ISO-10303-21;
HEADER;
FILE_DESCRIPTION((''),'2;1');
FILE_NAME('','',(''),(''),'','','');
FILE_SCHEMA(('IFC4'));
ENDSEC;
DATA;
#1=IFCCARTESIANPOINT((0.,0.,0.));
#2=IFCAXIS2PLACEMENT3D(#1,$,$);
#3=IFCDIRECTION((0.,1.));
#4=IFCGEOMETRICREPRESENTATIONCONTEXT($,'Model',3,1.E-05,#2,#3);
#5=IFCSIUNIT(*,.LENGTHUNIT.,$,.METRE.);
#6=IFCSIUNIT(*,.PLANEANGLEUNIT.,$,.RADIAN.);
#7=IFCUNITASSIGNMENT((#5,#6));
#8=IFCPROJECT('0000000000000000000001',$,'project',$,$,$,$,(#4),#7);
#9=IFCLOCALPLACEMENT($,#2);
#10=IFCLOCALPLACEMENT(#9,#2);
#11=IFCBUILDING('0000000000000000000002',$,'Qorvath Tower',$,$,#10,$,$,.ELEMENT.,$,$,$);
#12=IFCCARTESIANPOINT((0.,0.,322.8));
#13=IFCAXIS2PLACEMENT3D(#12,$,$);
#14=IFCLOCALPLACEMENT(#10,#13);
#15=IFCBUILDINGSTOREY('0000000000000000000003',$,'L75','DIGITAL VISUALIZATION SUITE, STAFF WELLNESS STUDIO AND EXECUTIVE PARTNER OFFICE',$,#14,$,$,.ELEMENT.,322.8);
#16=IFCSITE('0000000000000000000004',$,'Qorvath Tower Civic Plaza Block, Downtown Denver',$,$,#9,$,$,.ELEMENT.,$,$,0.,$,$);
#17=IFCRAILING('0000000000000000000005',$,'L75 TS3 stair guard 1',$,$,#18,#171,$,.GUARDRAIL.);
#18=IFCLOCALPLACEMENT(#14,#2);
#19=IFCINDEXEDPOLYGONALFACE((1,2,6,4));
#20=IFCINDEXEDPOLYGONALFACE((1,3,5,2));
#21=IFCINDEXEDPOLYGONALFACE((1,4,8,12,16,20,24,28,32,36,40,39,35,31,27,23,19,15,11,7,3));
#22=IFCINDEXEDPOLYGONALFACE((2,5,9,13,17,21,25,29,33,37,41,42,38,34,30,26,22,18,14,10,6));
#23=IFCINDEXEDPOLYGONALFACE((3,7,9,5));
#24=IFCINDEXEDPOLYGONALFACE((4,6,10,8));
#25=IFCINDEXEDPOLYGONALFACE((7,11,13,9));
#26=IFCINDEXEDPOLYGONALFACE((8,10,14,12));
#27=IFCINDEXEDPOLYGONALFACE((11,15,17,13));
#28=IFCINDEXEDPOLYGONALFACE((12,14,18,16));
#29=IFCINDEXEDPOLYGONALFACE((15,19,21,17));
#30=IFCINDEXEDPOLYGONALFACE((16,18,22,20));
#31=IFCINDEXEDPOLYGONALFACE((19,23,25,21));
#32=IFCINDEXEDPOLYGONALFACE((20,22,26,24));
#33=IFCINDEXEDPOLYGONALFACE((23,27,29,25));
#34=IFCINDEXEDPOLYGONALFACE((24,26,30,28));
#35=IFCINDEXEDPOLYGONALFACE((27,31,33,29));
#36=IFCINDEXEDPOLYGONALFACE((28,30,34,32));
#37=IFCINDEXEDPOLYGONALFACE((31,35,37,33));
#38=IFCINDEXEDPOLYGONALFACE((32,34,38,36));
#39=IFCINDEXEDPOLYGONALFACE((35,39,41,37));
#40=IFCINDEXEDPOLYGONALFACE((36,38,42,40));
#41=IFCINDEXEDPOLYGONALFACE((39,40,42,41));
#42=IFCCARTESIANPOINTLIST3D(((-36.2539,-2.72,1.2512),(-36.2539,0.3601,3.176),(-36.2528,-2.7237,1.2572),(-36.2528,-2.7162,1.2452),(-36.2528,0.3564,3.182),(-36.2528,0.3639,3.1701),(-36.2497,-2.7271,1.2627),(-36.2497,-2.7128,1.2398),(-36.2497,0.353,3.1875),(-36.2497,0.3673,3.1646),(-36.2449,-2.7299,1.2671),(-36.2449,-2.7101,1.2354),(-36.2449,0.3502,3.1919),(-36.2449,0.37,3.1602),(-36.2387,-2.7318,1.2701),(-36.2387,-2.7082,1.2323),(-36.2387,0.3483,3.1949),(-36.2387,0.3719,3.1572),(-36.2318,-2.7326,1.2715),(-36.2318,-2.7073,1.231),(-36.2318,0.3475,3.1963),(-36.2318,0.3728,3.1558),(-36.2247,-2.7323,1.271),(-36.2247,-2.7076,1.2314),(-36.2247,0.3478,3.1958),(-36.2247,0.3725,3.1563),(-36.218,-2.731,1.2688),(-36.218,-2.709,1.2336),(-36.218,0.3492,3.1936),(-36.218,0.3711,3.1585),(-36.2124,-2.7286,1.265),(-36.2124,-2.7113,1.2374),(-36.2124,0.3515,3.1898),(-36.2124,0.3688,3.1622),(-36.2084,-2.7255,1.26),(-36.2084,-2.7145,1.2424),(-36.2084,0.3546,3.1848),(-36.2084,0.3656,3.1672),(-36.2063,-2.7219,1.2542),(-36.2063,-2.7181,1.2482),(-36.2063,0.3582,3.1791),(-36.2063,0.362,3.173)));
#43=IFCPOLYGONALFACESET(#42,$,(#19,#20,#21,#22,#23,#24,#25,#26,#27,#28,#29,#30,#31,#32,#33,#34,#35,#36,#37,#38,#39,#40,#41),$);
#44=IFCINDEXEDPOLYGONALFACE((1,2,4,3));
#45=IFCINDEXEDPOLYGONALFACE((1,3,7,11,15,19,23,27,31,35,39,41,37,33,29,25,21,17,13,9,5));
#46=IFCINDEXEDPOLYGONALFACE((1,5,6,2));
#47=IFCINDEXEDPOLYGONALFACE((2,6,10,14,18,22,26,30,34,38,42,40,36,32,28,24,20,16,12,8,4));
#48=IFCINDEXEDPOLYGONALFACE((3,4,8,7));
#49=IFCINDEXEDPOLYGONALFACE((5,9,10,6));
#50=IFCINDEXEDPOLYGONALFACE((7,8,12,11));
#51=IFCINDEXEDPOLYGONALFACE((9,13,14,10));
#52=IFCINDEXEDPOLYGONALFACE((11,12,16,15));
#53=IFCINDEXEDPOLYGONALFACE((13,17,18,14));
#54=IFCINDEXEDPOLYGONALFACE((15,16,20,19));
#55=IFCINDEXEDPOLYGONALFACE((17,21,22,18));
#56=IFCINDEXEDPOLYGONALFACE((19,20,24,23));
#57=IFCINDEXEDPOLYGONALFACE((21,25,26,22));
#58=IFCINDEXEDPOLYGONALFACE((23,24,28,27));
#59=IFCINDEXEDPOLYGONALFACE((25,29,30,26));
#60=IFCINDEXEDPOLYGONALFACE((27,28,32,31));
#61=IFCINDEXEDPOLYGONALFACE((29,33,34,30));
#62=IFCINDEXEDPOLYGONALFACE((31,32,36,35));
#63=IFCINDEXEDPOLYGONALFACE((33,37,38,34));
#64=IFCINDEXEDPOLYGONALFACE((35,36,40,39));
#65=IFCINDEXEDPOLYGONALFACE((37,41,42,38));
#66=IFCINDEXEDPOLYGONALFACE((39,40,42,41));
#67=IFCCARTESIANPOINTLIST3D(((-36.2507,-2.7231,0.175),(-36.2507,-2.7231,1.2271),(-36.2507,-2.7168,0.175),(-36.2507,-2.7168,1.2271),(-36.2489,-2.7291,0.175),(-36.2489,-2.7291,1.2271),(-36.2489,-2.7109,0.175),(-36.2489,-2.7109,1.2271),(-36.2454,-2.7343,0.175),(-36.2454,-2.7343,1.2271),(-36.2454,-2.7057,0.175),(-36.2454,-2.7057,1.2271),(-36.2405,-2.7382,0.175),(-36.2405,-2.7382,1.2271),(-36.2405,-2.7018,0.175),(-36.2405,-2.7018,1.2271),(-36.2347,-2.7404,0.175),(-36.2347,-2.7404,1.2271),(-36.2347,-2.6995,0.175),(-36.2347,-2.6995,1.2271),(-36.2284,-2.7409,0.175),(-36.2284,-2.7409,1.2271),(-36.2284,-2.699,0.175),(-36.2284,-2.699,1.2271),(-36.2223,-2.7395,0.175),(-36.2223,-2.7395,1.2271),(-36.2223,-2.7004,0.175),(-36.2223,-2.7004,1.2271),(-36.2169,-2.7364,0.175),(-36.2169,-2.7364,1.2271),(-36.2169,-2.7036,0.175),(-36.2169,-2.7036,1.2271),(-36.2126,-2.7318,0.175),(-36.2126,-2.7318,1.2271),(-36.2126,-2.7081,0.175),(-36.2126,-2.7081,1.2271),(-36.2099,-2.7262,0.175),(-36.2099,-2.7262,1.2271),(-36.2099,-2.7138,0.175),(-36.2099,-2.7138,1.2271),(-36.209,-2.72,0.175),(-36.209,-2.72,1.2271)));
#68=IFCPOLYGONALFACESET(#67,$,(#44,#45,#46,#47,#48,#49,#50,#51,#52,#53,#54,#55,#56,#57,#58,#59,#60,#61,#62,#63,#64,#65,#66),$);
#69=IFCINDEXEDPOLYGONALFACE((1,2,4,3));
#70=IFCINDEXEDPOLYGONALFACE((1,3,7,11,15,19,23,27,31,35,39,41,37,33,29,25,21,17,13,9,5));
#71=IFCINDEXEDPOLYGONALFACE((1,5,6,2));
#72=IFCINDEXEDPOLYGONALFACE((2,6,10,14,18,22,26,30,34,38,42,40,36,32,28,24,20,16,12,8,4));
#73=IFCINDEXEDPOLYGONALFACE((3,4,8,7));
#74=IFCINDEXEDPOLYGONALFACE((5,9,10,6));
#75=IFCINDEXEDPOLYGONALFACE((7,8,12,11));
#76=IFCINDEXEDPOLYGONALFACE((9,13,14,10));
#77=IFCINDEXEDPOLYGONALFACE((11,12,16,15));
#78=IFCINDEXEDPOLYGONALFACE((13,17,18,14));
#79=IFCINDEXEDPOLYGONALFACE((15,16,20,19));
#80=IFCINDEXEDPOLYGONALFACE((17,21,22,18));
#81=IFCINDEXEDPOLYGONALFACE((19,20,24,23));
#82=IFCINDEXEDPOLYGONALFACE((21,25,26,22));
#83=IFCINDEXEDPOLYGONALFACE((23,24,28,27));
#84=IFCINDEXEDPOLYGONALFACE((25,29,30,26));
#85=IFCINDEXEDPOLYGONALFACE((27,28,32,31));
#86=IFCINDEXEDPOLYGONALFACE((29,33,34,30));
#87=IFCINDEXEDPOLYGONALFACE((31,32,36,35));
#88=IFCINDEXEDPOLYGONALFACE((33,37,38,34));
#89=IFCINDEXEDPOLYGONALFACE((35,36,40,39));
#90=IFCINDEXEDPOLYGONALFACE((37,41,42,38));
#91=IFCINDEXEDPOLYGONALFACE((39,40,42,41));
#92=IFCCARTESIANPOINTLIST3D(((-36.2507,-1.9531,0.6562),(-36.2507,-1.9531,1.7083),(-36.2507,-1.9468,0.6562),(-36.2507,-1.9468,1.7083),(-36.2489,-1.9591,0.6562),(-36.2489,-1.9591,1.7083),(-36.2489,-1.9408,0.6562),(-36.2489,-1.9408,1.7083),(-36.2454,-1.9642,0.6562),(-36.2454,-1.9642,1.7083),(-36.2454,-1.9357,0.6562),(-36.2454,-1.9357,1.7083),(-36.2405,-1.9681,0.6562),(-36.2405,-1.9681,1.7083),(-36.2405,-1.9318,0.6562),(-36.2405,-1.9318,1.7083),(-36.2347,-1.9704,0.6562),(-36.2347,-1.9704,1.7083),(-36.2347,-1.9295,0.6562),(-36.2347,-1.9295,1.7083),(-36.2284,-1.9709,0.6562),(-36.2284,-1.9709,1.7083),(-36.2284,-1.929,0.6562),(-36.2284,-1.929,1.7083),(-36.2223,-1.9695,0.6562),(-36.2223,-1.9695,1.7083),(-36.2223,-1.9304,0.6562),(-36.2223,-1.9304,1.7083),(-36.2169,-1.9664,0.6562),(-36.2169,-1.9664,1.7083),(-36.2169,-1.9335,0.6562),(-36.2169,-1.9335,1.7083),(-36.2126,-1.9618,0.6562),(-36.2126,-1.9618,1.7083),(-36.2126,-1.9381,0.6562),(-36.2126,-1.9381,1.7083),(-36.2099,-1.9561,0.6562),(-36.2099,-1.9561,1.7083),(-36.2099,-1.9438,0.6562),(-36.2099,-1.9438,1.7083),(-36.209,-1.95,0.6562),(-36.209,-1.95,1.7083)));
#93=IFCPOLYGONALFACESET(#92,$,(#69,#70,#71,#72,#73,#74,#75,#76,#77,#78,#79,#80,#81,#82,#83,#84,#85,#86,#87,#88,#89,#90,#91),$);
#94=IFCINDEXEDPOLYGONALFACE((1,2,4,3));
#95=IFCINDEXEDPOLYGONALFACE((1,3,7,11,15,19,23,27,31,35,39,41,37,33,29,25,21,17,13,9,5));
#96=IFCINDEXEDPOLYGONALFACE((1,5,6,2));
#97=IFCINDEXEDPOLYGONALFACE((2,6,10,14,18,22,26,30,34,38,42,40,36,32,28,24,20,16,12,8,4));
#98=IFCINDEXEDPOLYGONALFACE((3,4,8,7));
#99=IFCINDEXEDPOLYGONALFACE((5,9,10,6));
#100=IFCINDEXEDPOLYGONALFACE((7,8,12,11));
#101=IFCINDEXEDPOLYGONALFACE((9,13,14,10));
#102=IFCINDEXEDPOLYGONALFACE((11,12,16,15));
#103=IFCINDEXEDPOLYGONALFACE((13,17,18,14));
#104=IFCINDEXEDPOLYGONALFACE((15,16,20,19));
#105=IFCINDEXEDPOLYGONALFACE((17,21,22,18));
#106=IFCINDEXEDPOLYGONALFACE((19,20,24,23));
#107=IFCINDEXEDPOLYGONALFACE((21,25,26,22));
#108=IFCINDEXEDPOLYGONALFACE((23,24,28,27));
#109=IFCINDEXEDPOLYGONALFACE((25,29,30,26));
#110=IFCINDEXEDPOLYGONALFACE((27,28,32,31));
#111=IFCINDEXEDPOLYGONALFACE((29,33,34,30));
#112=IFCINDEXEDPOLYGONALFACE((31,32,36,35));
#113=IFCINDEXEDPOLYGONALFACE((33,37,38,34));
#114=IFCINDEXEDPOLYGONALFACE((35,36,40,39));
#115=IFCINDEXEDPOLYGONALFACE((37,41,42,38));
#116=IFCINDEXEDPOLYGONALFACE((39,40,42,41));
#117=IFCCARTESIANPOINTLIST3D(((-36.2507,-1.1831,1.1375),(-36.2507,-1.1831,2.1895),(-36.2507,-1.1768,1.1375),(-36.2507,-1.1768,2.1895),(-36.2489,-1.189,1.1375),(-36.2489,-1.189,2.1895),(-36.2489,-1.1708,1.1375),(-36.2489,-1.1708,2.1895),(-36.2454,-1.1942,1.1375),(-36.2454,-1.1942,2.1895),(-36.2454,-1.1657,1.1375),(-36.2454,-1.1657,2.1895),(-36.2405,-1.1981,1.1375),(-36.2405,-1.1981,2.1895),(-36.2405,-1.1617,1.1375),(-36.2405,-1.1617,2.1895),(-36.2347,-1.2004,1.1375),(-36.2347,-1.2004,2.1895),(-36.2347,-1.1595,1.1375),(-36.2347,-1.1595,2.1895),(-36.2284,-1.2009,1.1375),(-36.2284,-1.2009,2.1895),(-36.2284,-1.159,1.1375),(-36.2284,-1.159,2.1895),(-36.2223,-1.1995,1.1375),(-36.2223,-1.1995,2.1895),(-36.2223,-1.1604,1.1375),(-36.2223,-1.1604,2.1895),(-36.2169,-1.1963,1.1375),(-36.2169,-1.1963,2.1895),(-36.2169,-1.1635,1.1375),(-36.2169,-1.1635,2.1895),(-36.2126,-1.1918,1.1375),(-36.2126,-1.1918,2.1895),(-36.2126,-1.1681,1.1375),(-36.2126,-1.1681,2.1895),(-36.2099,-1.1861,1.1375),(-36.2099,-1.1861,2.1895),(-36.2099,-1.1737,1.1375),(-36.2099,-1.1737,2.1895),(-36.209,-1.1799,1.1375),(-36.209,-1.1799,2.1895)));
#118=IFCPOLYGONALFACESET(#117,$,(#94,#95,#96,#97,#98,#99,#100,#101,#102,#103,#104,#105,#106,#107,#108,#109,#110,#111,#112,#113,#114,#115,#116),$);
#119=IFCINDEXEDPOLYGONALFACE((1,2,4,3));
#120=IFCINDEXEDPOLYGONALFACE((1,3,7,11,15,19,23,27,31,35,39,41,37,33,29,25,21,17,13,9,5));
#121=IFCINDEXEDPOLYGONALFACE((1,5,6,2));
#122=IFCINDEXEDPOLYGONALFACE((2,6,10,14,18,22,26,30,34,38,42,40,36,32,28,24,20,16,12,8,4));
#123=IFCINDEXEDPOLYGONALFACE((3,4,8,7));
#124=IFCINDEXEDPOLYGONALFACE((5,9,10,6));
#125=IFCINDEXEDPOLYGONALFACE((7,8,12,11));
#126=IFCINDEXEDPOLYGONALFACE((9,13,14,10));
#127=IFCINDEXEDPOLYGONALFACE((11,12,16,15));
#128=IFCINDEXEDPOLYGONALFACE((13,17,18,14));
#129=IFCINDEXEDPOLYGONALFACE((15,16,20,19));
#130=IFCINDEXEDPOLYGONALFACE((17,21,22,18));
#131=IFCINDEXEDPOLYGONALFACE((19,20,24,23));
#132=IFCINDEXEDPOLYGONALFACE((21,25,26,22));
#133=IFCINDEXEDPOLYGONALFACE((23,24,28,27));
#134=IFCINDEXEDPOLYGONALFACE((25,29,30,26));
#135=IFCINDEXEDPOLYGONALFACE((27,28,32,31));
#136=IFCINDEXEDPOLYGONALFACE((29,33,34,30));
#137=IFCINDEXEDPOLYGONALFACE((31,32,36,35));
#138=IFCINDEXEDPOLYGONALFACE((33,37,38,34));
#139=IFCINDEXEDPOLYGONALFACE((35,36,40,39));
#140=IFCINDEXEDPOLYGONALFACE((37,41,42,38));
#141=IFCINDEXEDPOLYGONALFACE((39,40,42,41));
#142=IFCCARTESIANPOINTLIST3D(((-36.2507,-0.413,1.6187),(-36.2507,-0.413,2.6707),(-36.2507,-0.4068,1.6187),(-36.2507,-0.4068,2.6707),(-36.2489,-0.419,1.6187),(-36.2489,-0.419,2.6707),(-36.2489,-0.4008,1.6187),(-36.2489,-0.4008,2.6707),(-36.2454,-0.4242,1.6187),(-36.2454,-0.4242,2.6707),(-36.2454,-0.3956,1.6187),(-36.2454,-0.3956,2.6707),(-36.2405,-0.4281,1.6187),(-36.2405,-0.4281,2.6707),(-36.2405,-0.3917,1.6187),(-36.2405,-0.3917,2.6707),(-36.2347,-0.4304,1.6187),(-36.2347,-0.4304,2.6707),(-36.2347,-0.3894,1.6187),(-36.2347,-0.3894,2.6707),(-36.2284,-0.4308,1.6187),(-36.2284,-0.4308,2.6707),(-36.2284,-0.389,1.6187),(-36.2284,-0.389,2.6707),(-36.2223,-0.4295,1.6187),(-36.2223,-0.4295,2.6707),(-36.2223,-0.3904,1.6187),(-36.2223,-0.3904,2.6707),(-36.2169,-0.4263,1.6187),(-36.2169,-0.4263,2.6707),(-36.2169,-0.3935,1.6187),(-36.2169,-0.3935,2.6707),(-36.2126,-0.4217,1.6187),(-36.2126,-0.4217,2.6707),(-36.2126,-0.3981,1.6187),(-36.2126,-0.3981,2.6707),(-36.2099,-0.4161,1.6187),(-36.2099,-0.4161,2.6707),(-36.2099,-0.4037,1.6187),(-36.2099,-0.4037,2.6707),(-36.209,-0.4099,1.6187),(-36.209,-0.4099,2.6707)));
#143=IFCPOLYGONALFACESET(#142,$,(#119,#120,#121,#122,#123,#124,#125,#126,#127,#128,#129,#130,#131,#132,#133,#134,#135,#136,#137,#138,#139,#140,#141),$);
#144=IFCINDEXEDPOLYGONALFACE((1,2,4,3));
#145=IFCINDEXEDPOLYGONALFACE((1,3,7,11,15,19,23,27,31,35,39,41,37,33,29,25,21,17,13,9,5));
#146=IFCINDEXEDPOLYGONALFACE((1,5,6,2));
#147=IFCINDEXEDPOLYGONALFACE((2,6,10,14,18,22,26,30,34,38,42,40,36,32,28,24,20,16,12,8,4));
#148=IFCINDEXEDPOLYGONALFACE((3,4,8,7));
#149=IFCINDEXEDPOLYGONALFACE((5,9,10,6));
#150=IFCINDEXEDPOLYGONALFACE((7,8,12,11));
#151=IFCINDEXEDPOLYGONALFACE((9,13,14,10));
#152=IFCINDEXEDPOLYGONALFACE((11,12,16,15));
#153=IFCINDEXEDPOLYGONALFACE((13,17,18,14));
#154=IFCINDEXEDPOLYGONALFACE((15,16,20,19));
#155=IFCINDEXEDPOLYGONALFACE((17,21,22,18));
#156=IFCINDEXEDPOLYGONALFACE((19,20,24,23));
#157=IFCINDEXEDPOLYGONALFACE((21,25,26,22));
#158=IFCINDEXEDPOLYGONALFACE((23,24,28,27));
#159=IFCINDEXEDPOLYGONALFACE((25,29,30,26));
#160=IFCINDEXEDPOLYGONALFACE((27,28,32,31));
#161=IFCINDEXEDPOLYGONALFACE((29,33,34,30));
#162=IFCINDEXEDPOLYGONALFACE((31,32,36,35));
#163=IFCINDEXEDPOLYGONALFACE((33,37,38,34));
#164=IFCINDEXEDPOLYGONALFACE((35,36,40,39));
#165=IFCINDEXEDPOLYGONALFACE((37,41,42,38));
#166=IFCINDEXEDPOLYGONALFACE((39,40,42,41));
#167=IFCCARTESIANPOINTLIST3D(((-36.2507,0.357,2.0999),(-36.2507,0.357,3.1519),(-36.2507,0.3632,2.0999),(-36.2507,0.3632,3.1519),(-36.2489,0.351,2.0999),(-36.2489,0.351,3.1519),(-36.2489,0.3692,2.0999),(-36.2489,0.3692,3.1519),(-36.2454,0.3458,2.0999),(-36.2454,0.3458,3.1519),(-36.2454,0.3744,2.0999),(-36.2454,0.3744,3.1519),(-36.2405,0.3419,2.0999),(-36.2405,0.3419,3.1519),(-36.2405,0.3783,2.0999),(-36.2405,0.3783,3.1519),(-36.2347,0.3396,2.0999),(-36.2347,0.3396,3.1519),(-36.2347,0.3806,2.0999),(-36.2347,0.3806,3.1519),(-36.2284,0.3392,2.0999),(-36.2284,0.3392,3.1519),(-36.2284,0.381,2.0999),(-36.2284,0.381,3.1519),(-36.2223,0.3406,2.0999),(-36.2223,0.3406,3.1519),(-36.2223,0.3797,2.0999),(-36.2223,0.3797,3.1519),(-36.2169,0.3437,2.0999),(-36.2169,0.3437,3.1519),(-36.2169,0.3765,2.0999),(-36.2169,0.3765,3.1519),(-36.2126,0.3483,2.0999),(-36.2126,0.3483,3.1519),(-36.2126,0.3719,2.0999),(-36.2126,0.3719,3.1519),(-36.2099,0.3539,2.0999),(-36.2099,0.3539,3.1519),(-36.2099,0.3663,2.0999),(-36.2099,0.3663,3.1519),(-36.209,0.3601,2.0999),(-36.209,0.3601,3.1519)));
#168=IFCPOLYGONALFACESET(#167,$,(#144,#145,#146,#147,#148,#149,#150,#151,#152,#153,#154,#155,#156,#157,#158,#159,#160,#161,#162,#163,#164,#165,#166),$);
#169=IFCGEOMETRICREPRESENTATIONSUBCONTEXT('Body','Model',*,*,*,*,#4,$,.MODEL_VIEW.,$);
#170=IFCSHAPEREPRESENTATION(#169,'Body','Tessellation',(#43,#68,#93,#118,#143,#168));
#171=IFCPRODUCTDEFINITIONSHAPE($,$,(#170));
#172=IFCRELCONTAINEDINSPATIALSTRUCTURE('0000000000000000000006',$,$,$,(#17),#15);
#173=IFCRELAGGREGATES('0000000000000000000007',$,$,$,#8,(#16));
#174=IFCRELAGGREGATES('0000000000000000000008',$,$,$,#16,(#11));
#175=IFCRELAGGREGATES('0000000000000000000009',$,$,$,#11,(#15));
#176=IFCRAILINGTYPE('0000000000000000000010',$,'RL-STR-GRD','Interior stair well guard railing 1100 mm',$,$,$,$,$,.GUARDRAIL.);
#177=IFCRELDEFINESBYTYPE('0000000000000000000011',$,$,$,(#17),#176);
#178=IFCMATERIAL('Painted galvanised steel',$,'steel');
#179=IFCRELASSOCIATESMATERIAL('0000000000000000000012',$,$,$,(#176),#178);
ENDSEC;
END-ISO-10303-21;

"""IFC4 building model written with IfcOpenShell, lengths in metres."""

from ifc_helpers import new_model, si_unit, direction, frame, origin, origin_2d, place, context, subcontext, project, spatial, circle, extrude, material, type_object, element, save


model = new_model("IFC4")

# Units and contexts
model_context = context("Model", 3, precision=1e-05, world=origin(), true_north=direction((0.0, 1.0)))
body_context = subcontext(model_context, "Body", "Model", "MODEL_VIEW")
ifc_project = project(units=[si_unit("LENGTHUNIT", "METRE"), si_unit("PLANEANGLEUNIT", "RADIAN")], contexts=[model_context])

# Site, building, storey
site_placement = place(None, origin())
site = spatial("IfcSite", under=ifc_project, at=site_placement, Name="Qorvath Tower Civic Plaza Block, Downtown Denver", CompositionType="ELEMENT", RefElevation=0.0)
building_placement = place(site_placement, origin())
building = spatial("IfcBuilding", under=site, at=building_placement, Name="Qorvath Tower", CompositionType="ELEMENT")
storey_placement = place(building_placement, frame((0.0, 0.0, 322.8)))
storey = spatial("IfcBuildingStorey", under=building, at=storey_placement, Name="L75", Description="DIGITAL VISUALIZATION SUITE, STAFF WELLNESS STUDIO AND EXECUTIVE PARTNER OFFICE", CompositionType="ELEMENT", Elevation=322.8)

# Railing
ifc_material_1 = material(Name="Painted galvanised steel", Category="steel")
railing_type_1 = type_object("IfcRailingType", Name="RL-STR-GRD", Description="Interior stair well guard railing 1100 mm", PredefinedType="GUARDRAIL", material=ifc_material_1)
railing_1_placement = place(storey_placement, frame((-36.23, -2.72, 0.175)))
element("IfcRailing", 1, at=railing_1_placement, inside=storey, type_object=railing_type_1, Name="L75 TS3 stair guard 1", PredefinedType="GUARDRAIL", context=body_context, shape_type="SweptSolid", body=[
    extrude(circle(Radius=0.0239, at=origin_2d()), frame((0.0, 0.0, 1.0762), z_axis=(0.0, 0.848029, 0.529951), x_axis=(-1.0, 0.0, 0.0)), (0.0, 0.0, 1.0), 3.6321),
    extrude(circle(Radius=0.021, at=origin_2d()), origin(), (0.0, 0.0, 1.0), 1.052),
    extrude(circle(Radius=0.021, at=origin_2d()), frame((0.0, 0.77, 0.4812)), (0.0, 0.0, 1.0), 1.052),
    extrude(circle(Radius=0.021, at=origin_2d()), frame((0.0, 1.54, 0.9624)), (0.0, 0.0, 1.0), 1.052),
    extrude(circle(Radius=0.021, at=origin_2d()), frame((0.0, 2.3101, 1.4436)), (0.0, 0.0, 1.0), 1.052),
    extrude(circle(Radius=0.021, at=origin_2d()), frame((0.0, 3.0801, 1.9248)), (0.0, 0.0, 1.0), 1.052),
])

save(model, "model.ifc")
